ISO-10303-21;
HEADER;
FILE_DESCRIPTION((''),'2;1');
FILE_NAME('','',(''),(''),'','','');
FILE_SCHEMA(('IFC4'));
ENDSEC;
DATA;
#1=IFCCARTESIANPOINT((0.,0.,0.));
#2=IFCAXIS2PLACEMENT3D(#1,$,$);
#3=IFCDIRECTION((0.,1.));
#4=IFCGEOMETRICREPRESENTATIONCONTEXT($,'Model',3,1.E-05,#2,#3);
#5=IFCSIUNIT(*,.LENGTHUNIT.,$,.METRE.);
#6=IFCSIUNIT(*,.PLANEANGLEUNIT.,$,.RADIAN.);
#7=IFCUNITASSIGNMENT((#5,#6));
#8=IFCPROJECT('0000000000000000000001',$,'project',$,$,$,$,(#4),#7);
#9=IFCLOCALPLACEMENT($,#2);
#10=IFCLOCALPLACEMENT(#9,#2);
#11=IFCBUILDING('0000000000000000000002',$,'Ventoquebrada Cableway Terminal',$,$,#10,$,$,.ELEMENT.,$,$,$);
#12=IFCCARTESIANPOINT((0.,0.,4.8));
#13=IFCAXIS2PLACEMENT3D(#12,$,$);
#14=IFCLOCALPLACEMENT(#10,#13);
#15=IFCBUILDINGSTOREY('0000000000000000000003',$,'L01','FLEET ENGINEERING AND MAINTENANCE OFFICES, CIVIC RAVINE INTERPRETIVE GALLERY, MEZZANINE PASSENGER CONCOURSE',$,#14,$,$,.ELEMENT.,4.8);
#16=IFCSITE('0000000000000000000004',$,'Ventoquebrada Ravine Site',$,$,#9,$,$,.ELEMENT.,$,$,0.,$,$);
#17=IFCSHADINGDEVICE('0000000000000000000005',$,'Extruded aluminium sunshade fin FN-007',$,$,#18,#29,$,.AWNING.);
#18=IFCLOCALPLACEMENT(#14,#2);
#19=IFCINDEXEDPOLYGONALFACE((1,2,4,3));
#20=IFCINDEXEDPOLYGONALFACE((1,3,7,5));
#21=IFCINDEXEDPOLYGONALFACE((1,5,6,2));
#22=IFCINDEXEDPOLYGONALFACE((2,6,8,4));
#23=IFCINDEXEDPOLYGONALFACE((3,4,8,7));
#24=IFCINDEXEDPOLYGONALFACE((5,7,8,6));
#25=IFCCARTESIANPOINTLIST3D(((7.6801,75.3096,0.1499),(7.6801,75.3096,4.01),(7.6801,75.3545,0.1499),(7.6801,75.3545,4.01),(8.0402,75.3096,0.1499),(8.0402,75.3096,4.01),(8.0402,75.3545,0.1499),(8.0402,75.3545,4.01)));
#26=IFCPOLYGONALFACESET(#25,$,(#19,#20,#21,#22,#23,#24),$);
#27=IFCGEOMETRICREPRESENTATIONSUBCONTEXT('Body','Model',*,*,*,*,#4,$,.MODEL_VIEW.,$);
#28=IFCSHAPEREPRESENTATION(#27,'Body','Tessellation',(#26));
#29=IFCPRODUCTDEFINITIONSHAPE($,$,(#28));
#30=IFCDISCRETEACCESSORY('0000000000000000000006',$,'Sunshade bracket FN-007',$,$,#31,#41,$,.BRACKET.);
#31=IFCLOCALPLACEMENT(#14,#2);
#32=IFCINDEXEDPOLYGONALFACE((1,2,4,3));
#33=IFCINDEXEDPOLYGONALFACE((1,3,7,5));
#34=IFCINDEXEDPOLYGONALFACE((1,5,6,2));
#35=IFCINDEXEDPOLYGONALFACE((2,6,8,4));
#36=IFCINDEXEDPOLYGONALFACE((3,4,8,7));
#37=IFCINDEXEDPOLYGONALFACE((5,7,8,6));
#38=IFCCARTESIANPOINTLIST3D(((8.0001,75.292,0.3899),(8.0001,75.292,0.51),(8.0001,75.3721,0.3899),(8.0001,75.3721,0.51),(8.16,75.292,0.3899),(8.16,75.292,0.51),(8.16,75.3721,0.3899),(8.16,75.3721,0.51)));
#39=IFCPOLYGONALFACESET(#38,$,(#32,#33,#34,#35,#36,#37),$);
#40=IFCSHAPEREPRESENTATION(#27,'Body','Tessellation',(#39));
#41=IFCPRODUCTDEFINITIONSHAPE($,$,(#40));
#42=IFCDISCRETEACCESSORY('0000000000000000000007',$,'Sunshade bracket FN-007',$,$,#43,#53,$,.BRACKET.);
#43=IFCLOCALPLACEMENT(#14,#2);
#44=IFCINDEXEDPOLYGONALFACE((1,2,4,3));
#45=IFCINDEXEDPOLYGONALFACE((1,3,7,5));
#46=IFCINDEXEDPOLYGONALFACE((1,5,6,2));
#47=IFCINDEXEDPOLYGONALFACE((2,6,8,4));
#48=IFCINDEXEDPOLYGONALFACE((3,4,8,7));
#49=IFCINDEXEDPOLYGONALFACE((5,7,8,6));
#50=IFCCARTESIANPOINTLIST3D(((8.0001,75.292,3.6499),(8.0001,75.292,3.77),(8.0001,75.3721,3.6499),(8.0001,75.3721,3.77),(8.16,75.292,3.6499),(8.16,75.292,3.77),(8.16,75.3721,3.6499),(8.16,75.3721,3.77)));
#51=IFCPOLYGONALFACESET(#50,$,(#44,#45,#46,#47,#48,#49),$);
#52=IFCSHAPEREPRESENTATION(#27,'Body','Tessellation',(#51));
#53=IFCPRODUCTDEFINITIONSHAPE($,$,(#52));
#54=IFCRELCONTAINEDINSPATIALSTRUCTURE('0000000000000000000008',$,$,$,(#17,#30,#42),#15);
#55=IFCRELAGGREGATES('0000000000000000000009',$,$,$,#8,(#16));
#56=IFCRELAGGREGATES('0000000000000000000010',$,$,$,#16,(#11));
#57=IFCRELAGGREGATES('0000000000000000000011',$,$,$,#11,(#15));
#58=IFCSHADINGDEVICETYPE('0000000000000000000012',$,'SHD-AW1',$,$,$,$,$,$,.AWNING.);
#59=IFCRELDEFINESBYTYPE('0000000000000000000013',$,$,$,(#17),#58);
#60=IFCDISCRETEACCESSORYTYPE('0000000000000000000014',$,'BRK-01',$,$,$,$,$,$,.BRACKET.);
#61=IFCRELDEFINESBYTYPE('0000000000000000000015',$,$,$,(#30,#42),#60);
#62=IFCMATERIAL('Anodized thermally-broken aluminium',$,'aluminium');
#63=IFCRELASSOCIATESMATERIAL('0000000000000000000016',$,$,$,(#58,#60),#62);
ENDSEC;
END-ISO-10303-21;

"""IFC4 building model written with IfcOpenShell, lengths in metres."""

from ifc_helpers import new_model, si_unit, direction, frame, origin, origin_2d, place, context, subcontext, project, spatial, rectangle, extrude, material, type_object, element, save


model = new_model("IFC4")

# Units and contexts
model_context = context("Model", 3, precision=1e-05, world=origin(), true_north=direction((0.0, 1.0)))
body_context = subcontext(model_context, "Body", "Model", "MODEL_VIEW")
ifc_project = project(units=[si_unit("LENGTHUNIT", "METRE"), si_unit("PLANEANGLEUNIT", "RADIAN")], contexts=[model_context])

# Site, building, storey
site_placement = place(None, origin())
site = spatial("IfcSite", under=ifc_project, at=site_placement, Name="Ventoquebrada Ravine Site", CompositionType="ELEMENT", RefElevation=0.0)
building_placement = place(site_placement, origin())
building = spatial("IfcBuilding", under=site, at=building_placement, Name="Ventoquebrada Cableway Terminal", CompositionType="ELEMENT")
storey_placement = place(building_placement, frame((0.0, 0.0, 4.8)))
storey = spatial("IfcBuildingStorey", under=building, at=storey_placement, Name="L01", Description="FLEET ENGINEERING AND MAINTENANCE OFFICES, CIVIC RAVINE INTERPRETIVE GALLERY, MEZZANINE PASSENGER CONCOURSE", CompositionType="ELEMENT", Elevation=4.8)

# Shared definitions
ifc_material_1 = material(Name="Anodized thermally-broken aluminium", Category="aluminium")

# Shading device
shading_device_type = type_object("IfcShadingDeviceType", Name="SHD-AW1", PredefinedType="AWNING", material=ifc_material_1)
shading_device_placement = place(storey_placement, frame((7.8601, 75.332, 0.1499), z_axis=(0.0, 0.0, 1.0), x_axis=(0.0, -1.0, 0.0)))
element("IfcShadingDevice", 1, at=shading_device_placement, inside=storey, type_object=shading_device_type, Name="Extruded aluminium sunshade fin FN-007", PredefinedType="AWNING", context=body_context, shape_type="SweptSolid", body=[
    extrude(rectangle(XDim=0.0449, YDim=0.3601, at=origin_2d()), origin(), (0.0, 0.0, 1.0), 3.8601),
])

# Discrete accessories
discrete_accessory_type = type_object("IfcDiscreteAccessoryType", Name="BRK-01", PredefinedType="BRACKET", material=ifc_material_1)
for number, where, z_axis, x_axis, name in (
    (2, (8.0801, 75.332, 0.3899), (0.0, 0.0, 1.0), (0.0, -1.0, 0.0), "Sunshade bracket FN-007"),
    (3, (8.0801, 75.332, 3.6499), (0.0, 0.0, 1.0), (0.0, -1.0, 0.0), "Sunshade bracket FN-007"),
):
    element("IfcDiscreteAccessory", number, at=place(storey_placement, frame(where, z_axis=z_axis, x_axis=x_axis)), inside=storey, type_object=discrete_accessory_type, Name=name, PredefinedType="BRACKET", context=body_context, shape_type="SweptSolid", body=[
        extrude(rectangle(XDim=0.0801, YDim=0.1599, at=origin_2d()), origin(), (0.0, 0.0, 1.0), 0.1201),
    ])

save(model, "model.ifc")
